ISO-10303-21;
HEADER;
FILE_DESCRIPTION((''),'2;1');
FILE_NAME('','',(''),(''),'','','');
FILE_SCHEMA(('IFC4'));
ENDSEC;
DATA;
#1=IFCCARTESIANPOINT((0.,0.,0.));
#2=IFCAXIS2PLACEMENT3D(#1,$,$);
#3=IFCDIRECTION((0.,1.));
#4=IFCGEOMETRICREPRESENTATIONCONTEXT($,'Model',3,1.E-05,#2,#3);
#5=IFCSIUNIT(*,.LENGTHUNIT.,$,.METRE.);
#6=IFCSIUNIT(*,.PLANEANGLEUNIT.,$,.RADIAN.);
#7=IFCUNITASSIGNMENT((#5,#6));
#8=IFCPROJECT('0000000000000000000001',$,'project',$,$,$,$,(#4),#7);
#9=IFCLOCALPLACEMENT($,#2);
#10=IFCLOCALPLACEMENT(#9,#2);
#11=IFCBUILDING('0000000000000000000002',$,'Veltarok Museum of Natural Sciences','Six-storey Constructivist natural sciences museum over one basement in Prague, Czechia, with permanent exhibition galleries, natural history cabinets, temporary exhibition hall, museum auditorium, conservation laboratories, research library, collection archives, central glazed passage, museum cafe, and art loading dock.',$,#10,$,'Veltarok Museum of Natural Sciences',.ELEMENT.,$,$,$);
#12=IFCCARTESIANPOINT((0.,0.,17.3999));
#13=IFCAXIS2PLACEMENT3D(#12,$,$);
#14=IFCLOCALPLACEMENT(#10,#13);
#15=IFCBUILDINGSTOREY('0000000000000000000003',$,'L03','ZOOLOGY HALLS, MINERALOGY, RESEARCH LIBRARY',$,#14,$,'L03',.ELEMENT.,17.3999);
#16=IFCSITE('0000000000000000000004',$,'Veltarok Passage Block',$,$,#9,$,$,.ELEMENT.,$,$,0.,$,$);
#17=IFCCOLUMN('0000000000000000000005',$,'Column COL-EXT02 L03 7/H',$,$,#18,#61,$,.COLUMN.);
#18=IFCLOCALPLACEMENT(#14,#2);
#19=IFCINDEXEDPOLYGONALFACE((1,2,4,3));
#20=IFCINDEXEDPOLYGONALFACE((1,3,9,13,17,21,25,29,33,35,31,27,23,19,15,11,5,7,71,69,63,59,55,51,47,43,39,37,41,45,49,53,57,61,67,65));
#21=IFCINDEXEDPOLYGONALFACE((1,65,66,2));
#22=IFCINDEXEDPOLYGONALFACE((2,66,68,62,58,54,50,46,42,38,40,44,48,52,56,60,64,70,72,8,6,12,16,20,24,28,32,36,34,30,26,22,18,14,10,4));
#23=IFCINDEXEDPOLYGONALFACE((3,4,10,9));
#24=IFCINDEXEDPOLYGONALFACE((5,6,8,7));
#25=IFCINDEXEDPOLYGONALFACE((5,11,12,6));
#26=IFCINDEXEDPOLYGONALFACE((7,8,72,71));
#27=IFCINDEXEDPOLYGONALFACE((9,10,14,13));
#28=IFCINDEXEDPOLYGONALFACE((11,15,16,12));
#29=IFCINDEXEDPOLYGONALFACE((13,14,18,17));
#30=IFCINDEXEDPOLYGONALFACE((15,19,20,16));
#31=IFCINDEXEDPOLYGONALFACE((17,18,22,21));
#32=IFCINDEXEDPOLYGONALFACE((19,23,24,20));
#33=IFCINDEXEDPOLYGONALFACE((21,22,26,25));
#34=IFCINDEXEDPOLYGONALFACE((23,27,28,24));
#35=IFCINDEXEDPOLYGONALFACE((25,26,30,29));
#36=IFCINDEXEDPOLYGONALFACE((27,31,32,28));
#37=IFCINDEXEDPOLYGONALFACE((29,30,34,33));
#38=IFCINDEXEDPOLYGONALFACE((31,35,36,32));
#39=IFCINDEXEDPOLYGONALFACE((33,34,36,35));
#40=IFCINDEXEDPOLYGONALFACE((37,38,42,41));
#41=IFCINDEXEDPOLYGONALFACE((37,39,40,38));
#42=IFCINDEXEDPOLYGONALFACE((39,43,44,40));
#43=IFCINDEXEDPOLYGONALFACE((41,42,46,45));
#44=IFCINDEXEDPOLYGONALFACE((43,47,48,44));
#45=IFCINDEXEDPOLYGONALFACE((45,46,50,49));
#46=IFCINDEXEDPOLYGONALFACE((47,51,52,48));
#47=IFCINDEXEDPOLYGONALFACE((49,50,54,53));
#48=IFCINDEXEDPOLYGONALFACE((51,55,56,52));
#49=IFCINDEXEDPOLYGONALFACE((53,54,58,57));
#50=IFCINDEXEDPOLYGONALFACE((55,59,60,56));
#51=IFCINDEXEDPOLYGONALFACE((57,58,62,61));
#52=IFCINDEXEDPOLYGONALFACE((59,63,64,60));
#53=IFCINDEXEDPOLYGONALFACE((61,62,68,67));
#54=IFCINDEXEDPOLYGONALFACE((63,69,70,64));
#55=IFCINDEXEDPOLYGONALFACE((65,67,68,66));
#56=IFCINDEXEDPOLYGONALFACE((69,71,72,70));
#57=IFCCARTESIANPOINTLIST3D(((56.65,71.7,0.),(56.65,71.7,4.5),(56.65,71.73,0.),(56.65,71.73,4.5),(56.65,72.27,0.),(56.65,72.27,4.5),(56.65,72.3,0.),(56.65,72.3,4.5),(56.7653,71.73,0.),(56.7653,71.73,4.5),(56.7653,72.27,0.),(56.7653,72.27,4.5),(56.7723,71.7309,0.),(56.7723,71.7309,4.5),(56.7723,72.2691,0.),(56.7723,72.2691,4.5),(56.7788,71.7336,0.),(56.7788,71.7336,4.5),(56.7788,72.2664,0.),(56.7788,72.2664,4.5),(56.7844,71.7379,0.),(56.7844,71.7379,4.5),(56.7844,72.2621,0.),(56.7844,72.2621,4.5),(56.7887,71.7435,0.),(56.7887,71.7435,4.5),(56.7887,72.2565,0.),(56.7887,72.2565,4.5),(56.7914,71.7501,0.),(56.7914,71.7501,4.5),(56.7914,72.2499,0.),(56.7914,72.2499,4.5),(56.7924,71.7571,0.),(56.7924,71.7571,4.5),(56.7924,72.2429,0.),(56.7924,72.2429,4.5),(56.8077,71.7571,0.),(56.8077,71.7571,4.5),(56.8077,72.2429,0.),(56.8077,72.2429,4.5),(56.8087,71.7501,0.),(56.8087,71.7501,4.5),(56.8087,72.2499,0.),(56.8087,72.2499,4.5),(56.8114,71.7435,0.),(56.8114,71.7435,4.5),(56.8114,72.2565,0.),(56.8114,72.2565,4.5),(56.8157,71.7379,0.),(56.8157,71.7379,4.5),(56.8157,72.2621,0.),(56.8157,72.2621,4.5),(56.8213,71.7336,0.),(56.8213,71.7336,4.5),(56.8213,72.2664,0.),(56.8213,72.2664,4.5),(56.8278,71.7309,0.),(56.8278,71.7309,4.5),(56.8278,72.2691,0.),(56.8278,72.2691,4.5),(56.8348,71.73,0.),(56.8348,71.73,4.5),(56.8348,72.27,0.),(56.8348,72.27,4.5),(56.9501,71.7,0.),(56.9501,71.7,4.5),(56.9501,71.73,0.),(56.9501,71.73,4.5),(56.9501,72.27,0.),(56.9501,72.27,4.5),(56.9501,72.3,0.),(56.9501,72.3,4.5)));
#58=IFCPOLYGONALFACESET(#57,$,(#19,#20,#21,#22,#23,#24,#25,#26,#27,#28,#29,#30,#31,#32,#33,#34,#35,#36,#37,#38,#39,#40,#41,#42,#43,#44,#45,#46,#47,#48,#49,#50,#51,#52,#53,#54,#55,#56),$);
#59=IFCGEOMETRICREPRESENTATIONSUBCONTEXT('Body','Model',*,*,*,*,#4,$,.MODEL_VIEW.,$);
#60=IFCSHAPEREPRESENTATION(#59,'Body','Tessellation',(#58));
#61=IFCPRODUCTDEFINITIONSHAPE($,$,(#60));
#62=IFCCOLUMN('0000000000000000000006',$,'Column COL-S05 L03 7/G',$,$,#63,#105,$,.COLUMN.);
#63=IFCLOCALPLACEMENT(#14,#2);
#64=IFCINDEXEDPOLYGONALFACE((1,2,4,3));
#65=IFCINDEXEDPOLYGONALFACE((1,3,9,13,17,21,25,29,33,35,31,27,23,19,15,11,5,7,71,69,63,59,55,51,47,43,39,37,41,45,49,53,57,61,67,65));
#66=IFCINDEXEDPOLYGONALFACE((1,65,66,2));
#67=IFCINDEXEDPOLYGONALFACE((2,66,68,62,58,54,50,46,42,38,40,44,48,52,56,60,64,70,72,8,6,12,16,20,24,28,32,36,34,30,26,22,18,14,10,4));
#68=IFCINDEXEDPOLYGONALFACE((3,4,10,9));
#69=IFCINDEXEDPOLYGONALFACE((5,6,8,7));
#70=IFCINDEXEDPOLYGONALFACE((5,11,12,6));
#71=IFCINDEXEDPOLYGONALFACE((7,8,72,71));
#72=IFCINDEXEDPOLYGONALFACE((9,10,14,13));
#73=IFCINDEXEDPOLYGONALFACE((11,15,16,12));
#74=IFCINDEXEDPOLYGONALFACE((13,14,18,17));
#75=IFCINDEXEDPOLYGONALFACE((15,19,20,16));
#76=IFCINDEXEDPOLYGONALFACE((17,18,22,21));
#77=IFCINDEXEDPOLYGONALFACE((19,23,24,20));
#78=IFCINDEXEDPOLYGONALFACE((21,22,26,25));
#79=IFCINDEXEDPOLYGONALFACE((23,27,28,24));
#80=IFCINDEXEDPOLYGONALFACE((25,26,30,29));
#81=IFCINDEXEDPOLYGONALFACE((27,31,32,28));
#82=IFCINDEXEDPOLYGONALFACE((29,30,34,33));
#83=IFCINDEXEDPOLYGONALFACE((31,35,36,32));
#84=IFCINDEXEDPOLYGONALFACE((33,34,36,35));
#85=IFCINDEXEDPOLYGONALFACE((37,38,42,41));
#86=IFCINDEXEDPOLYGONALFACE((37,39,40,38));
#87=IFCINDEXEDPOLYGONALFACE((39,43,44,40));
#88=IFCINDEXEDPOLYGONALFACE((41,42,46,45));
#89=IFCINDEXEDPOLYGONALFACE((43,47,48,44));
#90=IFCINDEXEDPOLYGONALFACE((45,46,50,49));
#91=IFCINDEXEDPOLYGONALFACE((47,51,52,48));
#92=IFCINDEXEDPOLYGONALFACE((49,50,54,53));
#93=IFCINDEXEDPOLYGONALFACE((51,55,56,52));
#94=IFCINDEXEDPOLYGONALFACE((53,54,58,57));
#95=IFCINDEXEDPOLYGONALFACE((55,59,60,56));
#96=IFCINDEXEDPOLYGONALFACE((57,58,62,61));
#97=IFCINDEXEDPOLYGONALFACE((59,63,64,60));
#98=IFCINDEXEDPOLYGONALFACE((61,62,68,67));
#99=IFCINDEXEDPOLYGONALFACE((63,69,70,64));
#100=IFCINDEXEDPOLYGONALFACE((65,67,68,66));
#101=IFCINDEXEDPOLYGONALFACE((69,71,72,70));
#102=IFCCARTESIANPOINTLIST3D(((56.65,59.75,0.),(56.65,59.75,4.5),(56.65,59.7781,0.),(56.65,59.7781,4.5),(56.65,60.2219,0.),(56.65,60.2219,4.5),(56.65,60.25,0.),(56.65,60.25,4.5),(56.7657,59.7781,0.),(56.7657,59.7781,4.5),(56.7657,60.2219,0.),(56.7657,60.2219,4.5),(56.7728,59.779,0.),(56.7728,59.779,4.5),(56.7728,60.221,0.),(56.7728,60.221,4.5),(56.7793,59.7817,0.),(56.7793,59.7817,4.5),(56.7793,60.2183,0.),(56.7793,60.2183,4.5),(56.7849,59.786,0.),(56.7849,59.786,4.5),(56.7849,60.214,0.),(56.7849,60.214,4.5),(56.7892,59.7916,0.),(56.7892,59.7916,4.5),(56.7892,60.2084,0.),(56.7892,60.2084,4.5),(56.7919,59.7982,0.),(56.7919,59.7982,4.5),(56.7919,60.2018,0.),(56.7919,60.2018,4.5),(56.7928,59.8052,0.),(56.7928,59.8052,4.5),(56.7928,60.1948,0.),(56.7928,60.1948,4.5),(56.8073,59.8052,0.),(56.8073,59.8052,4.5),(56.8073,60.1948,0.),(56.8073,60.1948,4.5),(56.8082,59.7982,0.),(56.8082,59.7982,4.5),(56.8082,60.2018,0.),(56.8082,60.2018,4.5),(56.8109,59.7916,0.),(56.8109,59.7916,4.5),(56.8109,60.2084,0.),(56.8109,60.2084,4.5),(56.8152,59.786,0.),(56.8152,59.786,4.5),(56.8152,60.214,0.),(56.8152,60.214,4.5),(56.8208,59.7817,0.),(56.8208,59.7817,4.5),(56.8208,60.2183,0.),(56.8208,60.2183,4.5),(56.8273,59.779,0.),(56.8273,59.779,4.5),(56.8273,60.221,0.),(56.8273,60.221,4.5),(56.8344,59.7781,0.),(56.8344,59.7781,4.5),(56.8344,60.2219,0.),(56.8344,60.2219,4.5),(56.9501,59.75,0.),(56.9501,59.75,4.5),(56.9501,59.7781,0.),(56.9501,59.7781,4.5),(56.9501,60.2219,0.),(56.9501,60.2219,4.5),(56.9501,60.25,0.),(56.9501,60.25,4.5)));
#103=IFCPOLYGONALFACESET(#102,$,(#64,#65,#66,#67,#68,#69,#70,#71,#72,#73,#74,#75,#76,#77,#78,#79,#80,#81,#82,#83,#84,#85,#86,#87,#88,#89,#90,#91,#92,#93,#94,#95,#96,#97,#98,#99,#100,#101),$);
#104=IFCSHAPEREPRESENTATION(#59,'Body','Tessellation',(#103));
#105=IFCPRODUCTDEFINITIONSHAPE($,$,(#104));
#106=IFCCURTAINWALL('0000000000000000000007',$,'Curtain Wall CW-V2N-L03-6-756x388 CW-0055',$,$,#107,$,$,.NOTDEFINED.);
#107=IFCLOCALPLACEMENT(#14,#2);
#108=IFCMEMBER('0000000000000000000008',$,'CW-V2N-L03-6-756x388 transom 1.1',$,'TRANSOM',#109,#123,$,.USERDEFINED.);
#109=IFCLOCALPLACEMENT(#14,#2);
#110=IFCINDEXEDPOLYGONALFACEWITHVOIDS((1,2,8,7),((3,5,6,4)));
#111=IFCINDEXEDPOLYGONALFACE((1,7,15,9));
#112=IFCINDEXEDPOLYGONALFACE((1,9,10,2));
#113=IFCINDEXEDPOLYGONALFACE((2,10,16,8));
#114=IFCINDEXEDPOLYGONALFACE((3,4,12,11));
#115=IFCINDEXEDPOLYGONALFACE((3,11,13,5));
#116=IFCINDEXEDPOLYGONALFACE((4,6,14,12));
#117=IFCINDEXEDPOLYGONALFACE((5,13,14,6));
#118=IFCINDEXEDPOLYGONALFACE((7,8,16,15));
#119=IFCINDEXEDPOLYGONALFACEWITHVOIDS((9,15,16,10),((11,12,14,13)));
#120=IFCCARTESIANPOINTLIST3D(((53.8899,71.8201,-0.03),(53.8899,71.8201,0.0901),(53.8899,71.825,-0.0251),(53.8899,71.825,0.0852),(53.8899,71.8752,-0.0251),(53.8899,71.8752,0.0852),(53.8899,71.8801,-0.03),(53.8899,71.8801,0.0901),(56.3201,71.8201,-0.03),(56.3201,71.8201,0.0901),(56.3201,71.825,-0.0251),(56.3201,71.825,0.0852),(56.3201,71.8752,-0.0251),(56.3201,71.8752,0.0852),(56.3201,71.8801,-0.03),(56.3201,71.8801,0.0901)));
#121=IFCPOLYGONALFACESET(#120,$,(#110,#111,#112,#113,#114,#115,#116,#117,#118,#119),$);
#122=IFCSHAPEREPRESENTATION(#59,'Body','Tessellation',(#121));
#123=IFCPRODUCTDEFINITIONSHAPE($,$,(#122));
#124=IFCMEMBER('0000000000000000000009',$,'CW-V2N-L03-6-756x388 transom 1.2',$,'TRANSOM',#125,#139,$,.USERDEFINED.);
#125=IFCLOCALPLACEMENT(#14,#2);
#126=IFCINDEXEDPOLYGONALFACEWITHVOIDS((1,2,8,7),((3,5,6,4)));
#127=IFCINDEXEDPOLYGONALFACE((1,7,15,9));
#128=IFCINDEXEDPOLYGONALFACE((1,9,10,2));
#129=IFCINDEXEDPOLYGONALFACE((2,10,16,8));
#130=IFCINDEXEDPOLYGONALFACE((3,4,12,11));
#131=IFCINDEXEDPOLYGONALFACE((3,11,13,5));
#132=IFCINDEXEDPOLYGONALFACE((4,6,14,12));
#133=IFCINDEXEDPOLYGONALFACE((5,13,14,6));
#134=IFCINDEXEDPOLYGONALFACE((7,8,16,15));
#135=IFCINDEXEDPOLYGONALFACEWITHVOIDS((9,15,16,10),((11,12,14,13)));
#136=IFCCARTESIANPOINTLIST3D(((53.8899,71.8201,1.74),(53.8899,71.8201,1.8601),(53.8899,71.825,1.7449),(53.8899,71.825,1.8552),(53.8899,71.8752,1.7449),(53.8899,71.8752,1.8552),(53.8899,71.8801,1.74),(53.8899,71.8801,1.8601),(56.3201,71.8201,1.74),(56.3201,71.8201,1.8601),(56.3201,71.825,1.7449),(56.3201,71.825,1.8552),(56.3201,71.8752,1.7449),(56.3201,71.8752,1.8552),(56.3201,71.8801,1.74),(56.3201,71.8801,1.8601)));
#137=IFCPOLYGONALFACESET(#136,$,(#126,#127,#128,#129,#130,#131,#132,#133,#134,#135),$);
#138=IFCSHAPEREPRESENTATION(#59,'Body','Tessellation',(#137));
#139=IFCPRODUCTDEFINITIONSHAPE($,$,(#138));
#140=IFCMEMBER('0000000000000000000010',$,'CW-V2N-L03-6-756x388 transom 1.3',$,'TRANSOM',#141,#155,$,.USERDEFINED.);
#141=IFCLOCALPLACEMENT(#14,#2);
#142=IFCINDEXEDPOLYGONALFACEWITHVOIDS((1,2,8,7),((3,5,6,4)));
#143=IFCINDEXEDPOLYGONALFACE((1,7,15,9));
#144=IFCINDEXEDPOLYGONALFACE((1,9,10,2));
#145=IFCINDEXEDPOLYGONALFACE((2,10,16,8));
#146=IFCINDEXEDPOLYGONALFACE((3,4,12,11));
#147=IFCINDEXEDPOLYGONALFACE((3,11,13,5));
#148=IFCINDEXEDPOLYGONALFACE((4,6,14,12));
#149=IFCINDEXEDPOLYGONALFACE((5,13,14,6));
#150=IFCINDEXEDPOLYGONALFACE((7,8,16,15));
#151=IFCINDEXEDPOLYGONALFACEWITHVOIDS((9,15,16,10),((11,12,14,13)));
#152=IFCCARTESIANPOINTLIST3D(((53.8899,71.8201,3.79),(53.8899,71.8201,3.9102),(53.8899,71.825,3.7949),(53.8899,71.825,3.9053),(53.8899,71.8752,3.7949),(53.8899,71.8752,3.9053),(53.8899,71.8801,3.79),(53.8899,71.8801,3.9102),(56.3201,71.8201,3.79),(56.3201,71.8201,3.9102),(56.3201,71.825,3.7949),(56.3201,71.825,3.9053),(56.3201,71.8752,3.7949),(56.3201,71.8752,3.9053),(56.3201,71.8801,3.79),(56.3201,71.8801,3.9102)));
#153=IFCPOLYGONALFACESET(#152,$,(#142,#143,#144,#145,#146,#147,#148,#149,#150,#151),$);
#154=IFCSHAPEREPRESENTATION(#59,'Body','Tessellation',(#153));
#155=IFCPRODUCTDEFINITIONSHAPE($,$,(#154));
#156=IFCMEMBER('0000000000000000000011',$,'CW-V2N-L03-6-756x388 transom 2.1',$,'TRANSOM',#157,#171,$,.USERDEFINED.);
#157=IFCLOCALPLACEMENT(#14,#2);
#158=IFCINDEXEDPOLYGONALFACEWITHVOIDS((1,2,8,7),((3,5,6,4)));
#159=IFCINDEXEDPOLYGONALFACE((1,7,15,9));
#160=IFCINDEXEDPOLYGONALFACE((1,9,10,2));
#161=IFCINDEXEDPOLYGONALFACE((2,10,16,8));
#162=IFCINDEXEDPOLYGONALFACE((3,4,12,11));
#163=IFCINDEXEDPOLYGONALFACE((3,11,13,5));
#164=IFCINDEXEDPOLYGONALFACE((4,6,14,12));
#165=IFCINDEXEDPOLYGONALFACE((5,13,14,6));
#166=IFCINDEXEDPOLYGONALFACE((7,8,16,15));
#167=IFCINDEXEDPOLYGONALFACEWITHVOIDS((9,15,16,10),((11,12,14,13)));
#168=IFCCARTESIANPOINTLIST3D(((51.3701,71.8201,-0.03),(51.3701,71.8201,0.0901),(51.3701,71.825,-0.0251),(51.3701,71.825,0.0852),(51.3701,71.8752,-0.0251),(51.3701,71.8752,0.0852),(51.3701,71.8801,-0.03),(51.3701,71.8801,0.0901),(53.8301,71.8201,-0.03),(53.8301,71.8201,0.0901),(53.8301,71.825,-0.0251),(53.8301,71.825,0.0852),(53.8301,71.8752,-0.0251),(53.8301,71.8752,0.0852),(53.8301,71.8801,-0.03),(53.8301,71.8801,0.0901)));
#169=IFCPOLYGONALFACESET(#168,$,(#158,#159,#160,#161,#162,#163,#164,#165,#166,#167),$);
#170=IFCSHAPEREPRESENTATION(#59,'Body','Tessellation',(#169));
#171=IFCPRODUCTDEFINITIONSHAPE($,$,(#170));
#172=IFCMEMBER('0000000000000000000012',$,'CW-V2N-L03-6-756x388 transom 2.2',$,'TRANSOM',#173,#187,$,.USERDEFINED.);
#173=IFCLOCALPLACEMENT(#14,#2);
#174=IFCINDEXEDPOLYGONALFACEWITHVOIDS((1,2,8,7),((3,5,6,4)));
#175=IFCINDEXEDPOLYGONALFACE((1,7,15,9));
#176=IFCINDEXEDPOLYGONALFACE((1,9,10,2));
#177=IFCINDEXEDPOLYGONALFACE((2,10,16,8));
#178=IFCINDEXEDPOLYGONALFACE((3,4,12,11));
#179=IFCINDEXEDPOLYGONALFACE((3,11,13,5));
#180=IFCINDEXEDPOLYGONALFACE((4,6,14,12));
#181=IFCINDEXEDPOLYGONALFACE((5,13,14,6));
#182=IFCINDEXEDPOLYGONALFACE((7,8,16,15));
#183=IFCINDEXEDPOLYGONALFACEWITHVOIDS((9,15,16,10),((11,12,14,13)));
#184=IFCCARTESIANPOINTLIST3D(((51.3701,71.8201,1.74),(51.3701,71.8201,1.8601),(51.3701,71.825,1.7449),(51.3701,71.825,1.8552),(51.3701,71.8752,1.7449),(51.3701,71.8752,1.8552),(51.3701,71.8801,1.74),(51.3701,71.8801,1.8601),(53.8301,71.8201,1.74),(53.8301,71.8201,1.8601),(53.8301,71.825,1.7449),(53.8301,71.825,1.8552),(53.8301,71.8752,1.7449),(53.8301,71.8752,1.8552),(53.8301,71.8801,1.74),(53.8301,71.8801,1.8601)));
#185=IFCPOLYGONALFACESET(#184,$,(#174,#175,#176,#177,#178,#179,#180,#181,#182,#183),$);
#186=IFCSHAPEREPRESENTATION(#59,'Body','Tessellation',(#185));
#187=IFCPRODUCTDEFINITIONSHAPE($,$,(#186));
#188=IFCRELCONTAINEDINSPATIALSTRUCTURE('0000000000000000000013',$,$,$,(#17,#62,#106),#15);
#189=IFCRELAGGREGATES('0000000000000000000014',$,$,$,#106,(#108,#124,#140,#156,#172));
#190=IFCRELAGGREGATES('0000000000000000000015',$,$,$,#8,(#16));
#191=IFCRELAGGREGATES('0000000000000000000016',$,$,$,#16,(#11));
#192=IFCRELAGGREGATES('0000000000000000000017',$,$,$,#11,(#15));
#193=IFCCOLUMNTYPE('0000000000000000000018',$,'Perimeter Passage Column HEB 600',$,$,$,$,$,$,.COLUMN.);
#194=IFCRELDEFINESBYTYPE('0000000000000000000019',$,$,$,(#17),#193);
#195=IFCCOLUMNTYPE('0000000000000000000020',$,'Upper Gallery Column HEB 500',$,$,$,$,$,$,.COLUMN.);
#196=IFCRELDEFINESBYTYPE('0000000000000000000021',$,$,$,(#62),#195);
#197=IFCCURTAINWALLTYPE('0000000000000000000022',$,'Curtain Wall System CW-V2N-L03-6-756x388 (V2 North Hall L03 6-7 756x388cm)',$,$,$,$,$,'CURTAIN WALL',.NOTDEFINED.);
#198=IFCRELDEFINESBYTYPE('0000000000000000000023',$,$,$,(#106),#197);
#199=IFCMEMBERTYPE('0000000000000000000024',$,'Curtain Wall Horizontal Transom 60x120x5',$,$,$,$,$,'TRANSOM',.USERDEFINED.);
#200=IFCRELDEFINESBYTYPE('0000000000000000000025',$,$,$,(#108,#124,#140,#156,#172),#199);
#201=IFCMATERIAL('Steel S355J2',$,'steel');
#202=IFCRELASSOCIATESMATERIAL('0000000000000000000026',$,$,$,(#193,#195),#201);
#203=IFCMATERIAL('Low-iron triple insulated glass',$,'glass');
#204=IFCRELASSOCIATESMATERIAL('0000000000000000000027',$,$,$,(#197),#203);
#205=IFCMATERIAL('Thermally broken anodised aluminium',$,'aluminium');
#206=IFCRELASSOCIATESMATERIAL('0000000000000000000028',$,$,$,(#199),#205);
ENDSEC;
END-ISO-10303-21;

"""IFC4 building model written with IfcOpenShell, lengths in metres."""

from ifc_helpers import new_model, si_unit, direction, frame, origin, origin_2d, place, context, subcontext, project, spatial, hollow_rectangle, i_section, extrude, material, material_profile, profile_set, type_object, element, aggregate, save


model = new_model("IFC4")

# Units and contexts
model_context = context("Model", 3, precision=1e-05, world=origin(), true_north=direction((0.0, 1.0)))
body_context = subcontext(model_context, "Body", "Model", "MODEL_VIEW")
ifc_project = project(units=[si_unit("LENGTHUNIT", "METRE"), si_unit("PLANEANGLEUNIT", "RADIAN")], contexts=[model_context])

# Site, building, storey
site_placement = place(None, origin())
site = spatial("IfcSite", under=ifc_project, at=site_placement, Name="Veltarok Passage Block", CompositionType="ELEMENT", RefElevation=0.0)
building_placement = place(site_placement, origin())
building = spatial("IfcBuilding", under=site, at=building_placement, Name="Veltarok Museum of Natural Sciences", Description="Six-storey Constructivist natural sciences museum over one basement in Prague, Czechia, with permanent exhibition galleries, natural history cabinets, temporary exhibition hall, museum auditorium, conservation laboratories, research library, collection archives, central glazed passage, museum cafe, and art loading dock.", LongName="Veltarok Museum of Natural Sciences", CompositionType="ELEMENT")
storey_placement = place(building_placement, frame((0.0, 0.0, 17.3999)))
storey = spatial("IfcBuildingStorey", under=building, at=storey_placement, Name="L03", Description="ZOOLOGY HALLS, MINERALOGY, RESEARCH LIBRARY", LongName="L03", CompositionType="ELEMENT", Elevation=17.3999)

# Columns
ifc_material_1 = material(Name="Steel S355J2", Category="steel")
ifc_material_profile_1 = material_profile(ifc_material_1, i_section(OverallWidth=0.3, OverallDepth=0.6001, WebThickness=0.0154, FlangeThickness=0.03, FilletRadius=0.0271, at=origin_2d()), Name="HEB 600")
ifc_profile_set_1 = profile_set([ifc_material_profile_1], Name="Steel S355J2")
column_type_1 = type_object("IfcColumnType", Name="Perimeter Passage Column HEB 600", PredefinedType="COLUMN", material=ifc_profile_set_1)
column_1_placement = place(storey_placement, frame((56.8, 72.0, 0.0), z_axis=(0.0, 0.0, 1.0), x_axis=(1.0, 0.0, 0.0)))
element("IfcColumn", 1, at=column_1_placement, inside=storey, type_object=column_type_1, Name="Column COL-EXT02 L03 7/H", PredefinedType="COLUMN", context=body_context, shape_type="SweptSolid", body=[
    extrude(i_section(OverallWidth=0.3, OverallDepth=0.6001, WebThickness=0.0154, FlangeThickness=0.03, FilletRadius=0.0271, at=origin_2d()), origin(), (0.0, 0.0, 1.0), 4.5),
])
ifc_material_profile_2 = material_profile(ifc_material_1, i_section(OverallWidth=0.3, OverallDepth=0.5, WebThickness=0.0144, FlangeThickness=0.0281, FilletRadius=0.0271, at=origin_2d()), Name="HEB 500")
ifc_profile_set_2 = profile_set([ifc_material_profile_2], Name="Steel S355J2")
column_type_2 = type_object("IfcColumnType", Name="Upper Gallery Column HEB 500", PredefinedType="COLUMN", material=ifc_profile_set_2)
column_2_placement = place(storey_placement, frame((56.8, 60.0, 0.0), z_axis=(0.0, 0.0, 1.0), x_axis=(1.0, 0.0, 0.0)))
element("IfcColumn", 2, at=column_2_placement, inside=storey, type_object=column_type_2, Name="Column COL-S05 L03 7/G", PredefinedType="COLUMN", context=body_context, shape_type="SweptSolid", body=[
    extrude(i_section(OverallWidth=0.3, OverallDepth=0.5, WebThickness=0.0144, FlangeThickness=0.0281, FilletRadius=0.0271, at=origin_2d()), origin(), (0.0, 0.0, 1.0), 4.5),
])

# Curtain wall, members
ifc_material_2 = material(Name="Low-iron triple insulated glass", Category="glass")
curtain_wall_type_1 = type_object("IfcCurtainWallType", Name="Curtain Wall System CW-V2N-L03-6-756x388 (V2 North Hall L03 6-7 756x388cm)", ElementType="CURTAIN WALL", PredefinedType="NOTDEFINED", material=ifc_material_2)
curtain_wall_1_placement = place(storey_placement, origin())
curtain_wall_1 = element("IfcCurtainWall", 3, at=curtain_wall_1_placement, inside=storey, type_object=curtain_wall_type_1, Name="Curtain Wall CW-V2N-L03-6-756x388 CW-0055", PredefinedType="NOTDEFINED")
ifc_material_3 = material(Name="Thermally broken anodised aluminium", Category="aluminium")
ifc_material_profile_3 = material_profile(ifc_material_3, hollow_rectangle(XDim=0.0601, YDim=0.1201, WallThickness=0.0049, at=origin_2d()), Name="CW TRANSOM 60x120x5")
ifc_profile_set_3 = profile_set([ifc_material_profile_3], Name="Thermally broken anodised aluminium")
member_type_1 = type_object("IfcMemberType", Name="Curtain Wall Horizontal Transom 60x120x5", ElementType="TRANSOM", PredefinedType="USERDEFINED", material=ifc_profile_set_3)
member_1_placement = place(storey_placement, frame((56.3201, 71.8501, 0.03), z_axis=(-1.0, 0.0, 0.0), x_axis=(0.0, -1.0, 0.0)))
member_1 = element("IfcMember", 4, at=member_1_placement, type_object=member_type_1, Name="CW-V2N-L03-6-756x388 transom 1.1", ObjectType="TRANSOM", PredefinedType="USERDEFINED", context=body_context, shape_type="SweptSolid", body=[
    extrude(hollow_rectangle(XDim=0.0601, YDim=0.1201, WallThickness=0.0049, at=origin_2d()), origin(), (0.0, 0.0, 1.0), 2.4302),
])
member_2_placement = place(storey_placement, frame((56.3201, 71.8501, 1.8), z_axis=(-1.0, 0.0, 0.0), x_axis=(0.0, -1.0, 0.0)))
member_2 = element("IfcMember", 5, at=member_2_placement, type_object=member_type_1, Name="CW-V2N-L03-6-756x388 transom 1.2", ObjectType="TRANSOM", PredefinedType="USERDEFINED", context=body_context, shape_type="SweptSolid", body=[
    extrude(hollow_rectangle(XDim=0.0601, YDim=0.1201, WallThickness=0.0049, at=origin_2d()), origin(), (0.0, 0.0, 1.0), 2.4302),
])
member_3_placement = place(storey_placement, frame((56.3201, 71.8501, 3.8501), z_axis=(-1.0, 0.0, 0.0), x_axis=(0.0, -1.0, 0.0)))
member_3 = element("IfcMember", 6, at=member_3_placement, type_object=member_type_1, Name="CW-V2N-L03-6-756x388 transom 1.3", ObjectType="TRANSOM", PredefinedType="USERDEFINED", context=body_context, shape_type="SweptSolid", body=[
    extrude(hollow_rectangle(XDim=0.0601, YDim=0.1201, WallThickness=0.0049, at=origin_2d()), origin(), (0.0, 0.0, 1.0), 2.4302),
])
member_4_placement = place(storey_placement, frame((53.8301, 71.8501, 0.03), z_axis=(-1.0, 0.0, 0.0), x_axis=(0.0, -1.0, 0.0)))
member_4 = element("IfcMember", 7, at=member_4_placement, type_object=member_type_1, Name="CW-V2N-L03-6-756x388 transom 2.1", ObjectType="TRANSOM", PredefinedType="USERDEFINED", context=body_context, shape_type="SweptSolid", body=[
    extrude(hollow_rectangle(XDim=0.0601, YDim=0.1201, WallThickness=0.0049, at=origin_2d()), origin(), (0.0, 0.0, 1.0), 2.46),
])
member_5_placement = place(storey_placement, frame((53.8301, 71.8501, 1.8), z_axis=(-1.0, 0.0, 0.0), x_axis=(0.0, -1.0, 0.0)))
member_5 = element("IfcMember", 8, at=member_5_placement, type_object=member_type_1, Name="CW-V2N-L03-6-756x388 transom 2.2", ObjectType="TRANSOM", PredefinedType="USERDEFINED", context=body_context, shape_type="SweptSolid", body=[
    extrude(hollow_rectangle(XDim=0.0601, YDim=0.1201, WallThickness=0.0049, at=origin_2d()), origin(), (0.0, 0.0, 1.0), 2.46),
])

aggregate(curtain_wall_1, [member_1, member_2, member_3, member_4, member_5])

save(model, "model.ifc")
